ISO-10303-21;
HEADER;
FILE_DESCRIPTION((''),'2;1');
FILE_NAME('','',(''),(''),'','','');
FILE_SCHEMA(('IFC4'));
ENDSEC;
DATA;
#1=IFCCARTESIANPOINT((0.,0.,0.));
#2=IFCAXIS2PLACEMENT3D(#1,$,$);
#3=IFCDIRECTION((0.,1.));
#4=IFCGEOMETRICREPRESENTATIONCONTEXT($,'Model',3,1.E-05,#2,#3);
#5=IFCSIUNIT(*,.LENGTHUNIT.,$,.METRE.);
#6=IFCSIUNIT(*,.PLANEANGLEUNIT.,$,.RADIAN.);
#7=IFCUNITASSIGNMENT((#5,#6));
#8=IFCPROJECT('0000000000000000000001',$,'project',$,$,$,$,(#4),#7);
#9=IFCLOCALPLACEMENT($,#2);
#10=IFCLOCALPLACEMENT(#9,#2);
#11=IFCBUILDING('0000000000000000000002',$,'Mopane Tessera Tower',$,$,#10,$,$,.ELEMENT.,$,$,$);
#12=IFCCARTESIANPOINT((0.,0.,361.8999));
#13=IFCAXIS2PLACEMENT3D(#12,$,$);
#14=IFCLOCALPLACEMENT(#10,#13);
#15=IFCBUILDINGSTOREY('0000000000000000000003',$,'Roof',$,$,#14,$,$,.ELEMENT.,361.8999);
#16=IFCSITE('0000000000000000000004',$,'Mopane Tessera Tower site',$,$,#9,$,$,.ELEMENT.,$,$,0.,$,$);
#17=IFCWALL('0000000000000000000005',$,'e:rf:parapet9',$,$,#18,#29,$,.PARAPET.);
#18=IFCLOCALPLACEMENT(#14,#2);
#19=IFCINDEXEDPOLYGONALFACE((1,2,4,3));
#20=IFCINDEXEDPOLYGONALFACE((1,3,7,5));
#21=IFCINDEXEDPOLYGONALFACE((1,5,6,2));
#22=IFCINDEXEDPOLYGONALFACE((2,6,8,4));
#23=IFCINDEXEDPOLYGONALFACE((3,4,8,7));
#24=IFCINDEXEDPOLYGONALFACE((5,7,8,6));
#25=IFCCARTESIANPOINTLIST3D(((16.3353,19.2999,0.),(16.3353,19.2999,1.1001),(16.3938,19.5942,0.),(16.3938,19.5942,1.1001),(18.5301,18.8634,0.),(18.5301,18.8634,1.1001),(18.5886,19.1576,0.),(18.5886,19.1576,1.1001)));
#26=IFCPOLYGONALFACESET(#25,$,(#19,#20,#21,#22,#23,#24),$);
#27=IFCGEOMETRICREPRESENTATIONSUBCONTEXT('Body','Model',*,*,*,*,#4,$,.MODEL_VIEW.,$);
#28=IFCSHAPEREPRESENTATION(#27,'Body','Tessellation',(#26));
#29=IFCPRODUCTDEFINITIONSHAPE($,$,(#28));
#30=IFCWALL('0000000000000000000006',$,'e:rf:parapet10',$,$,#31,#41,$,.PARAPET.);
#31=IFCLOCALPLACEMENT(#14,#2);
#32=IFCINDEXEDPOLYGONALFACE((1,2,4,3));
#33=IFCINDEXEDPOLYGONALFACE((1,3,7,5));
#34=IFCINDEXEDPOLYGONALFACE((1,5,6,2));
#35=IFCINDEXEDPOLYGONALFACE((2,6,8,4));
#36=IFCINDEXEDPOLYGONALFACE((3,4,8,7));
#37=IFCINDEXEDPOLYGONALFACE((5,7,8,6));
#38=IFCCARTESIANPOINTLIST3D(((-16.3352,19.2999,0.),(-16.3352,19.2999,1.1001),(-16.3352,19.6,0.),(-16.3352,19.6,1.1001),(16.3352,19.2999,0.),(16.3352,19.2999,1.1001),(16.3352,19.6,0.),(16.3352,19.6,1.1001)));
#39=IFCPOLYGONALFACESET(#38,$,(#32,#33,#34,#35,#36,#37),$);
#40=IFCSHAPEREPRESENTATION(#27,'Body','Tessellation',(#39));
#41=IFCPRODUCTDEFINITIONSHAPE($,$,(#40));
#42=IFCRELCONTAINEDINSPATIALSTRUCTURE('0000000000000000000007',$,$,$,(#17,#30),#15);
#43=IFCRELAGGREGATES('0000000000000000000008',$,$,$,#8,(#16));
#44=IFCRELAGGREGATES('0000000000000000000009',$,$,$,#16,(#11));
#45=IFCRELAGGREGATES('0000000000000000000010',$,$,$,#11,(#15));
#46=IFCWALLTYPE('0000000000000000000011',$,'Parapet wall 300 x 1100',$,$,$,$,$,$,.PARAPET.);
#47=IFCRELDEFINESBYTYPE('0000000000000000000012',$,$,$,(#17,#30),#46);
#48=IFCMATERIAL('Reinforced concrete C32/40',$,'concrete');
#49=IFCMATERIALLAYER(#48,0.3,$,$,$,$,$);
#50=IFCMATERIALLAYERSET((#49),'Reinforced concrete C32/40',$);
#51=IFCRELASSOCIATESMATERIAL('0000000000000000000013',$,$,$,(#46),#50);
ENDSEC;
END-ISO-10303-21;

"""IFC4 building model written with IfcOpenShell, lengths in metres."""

from ifc_helpers import new_model, si_unit, direction, frame, frame_2d, origin, place, context, subcontext, project, spatial, rectangle, extrude, material, layer, layer_set, type_object, element, save


model = new_model("IFC4")

# Units and contexts
model_context = context("Model", 3, precision=1e-05, world=origin(), true_north=direction((0.0, 1.0)))
body_context = subcontext(model_context, "Body", "Model", "MODEL_VIEW")
ifc_project = project(units=[si_unit("LENGTHUNIT", "METRE"), si_unit("PLANEANGLEUNIT", "RADIAN")], contexts=[model_context])

# Site, building, storey
site_placement = place(None, origin())
site = spatial("IfcSite", under=ifc_project, at=site_placement, Name="Mopane Tessera Tower site", CompositionType="ELEMENT", RefElevation=0.0)
building_placement = place(site_placement, origin())
building = spatial("IfcBuilding", under=site, at=building_placement, Name="Mopane Tessera Tower", CompositionType="ELEMENT")
storey_placement = place(building_placement, frame((0.0, 0.0, 361.8999)))
storey = spatial("IfcBuildingStorey", under=building, at=storey_placement, Name="Roof", CompositionType="ELEMENT", Elevation=361.8999)

# Walls
ifc_material_1 = material(Name="Reinforced concrete C32/40", Category="concrete")
ifc_layer = layer(ifc_material_1, 0.3)
ifc_layer_set = layer_set([ifc_layer], Name="Reinforced concrete C32/40")
wall_type = type_object("IfcWallType", Name="Parapet wall 300 x 1100", PredefinedType="PARAPET", material=ifc_layer_set)
wall_1_placement = place(storey_placement, frame((18.5593, 19.0105, 0.0), z_axis=(0.0, 0.0, 1.0), x_axis=(-0.98079, 0.195067, 0.0)))
element("IfcWall", 1, at=wall_1_placement, inside=storey, type_object=wall_type, Name="e:rf:parapet9", PredefinedType="PARAPET", context=body_context, shape_type="SweptSolid", body=[
    extrude(rectangle(XDim=2.2378, YDim=0.3, at=frame_2d((1.1189, 0.0))), origin(), (0.0, 0.0, 1.0), 1.1001),
])
wall_2_placement = place(storey_placement, frame((16.3352, 19.45, 0.0), z_axis=(0.0, 0.0, 1.0), x_axis=(-1.0, 0.0, 0.0)))
element("IfcWall", 2, at=wall_2_placement, inside=storey, type_object=wall_type, Name="e:rf:parapet10", PredefinedType="PARAPET", context=body_context, shape_type="SweptSolid", body=[
    extrude(rectangle(XDim=32.6704, YDim=0.3, at=frame_2d((16.3352, 0.0))), origin(), (0.0, 0.0, 1.0), 1.1001),
])

save(model, "model.ifc")
